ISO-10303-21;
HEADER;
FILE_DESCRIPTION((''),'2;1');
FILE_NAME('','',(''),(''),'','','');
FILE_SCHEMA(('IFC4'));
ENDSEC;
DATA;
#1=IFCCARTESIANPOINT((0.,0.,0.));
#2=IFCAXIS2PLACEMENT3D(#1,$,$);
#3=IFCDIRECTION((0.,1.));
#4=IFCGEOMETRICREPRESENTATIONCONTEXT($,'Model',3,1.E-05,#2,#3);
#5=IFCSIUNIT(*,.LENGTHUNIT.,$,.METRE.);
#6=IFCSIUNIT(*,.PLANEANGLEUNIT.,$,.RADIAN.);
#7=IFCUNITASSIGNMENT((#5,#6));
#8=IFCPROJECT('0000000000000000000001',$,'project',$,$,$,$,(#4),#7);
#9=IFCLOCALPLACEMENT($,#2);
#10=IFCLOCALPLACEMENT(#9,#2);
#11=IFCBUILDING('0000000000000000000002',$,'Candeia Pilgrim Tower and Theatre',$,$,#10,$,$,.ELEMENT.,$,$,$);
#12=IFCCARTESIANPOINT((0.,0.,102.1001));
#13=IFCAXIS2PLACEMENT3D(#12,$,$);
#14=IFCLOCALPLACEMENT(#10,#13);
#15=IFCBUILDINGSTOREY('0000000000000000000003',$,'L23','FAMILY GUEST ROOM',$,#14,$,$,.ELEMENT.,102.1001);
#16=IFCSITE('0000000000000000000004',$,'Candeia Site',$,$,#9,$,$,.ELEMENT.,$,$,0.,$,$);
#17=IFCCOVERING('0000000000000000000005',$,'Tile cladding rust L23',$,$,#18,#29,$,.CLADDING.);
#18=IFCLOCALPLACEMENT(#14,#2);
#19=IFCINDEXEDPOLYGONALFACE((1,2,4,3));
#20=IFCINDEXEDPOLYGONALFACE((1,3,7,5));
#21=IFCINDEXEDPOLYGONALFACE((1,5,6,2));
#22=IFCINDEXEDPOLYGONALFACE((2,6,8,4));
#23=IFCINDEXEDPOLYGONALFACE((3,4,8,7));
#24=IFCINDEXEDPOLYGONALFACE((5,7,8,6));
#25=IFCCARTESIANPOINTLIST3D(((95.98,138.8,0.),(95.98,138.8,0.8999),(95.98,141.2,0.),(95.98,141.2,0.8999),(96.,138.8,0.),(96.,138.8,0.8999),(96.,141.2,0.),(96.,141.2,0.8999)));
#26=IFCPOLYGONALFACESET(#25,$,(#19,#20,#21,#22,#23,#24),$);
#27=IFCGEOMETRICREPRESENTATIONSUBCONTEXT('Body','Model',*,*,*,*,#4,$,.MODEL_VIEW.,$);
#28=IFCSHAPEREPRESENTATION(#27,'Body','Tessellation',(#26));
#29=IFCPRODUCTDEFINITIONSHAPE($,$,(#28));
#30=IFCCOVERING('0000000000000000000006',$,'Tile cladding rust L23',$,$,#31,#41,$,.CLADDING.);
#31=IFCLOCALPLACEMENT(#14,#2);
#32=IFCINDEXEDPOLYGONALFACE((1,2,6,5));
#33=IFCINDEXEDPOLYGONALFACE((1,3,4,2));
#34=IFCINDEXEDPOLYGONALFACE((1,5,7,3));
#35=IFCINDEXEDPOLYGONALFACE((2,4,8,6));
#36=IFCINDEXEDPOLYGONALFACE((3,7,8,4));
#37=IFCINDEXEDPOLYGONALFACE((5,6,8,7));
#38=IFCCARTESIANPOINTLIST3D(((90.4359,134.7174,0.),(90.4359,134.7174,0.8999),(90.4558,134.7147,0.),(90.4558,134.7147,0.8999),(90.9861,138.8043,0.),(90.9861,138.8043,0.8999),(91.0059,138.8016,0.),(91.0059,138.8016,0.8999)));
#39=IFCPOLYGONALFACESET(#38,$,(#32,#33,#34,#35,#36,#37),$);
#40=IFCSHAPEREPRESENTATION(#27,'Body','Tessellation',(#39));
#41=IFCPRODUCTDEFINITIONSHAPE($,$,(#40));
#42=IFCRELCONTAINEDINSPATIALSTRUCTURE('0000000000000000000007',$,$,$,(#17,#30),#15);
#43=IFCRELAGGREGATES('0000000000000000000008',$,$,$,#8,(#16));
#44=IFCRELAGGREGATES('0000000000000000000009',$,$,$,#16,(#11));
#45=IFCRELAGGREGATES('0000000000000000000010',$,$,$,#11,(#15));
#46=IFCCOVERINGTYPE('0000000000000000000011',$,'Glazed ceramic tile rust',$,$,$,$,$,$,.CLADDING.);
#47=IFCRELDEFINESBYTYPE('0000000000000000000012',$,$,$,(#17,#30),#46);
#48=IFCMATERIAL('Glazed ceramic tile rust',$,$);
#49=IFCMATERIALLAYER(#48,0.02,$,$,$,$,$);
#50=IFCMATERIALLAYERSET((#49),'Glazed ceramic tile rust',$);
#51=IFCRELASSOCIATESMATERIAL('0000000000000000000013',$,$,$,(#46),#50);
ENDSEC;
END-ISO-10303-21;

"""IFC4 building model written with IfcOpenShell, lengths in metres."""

from ifc_helpers import new_model, si_unit, direction, frame, origin, origin_2d, place, context, subcontext, project, spatial, rectangle, extrude, material, layer, layer_set, type_object, element, save


model = new_model("IFC4")

# Units and contexts
model_context = context("Model", 3, precision=1e-05, world=origin(), true_north=direction((0.0, 1.0)))
body_context = subcontext(model_context, "Body", "Model", "MODEL_VIEW")
ifc_project = project(units=[si_unit("LENGTHUNIT", "METRE"), si_unit("PLANEANGLEUNIT", "RADIAN")], contexts=[model_context])

# Site, building, storey
site_placement = place(None, origin())
site = spatial("IfcSite", under=ifc_project, at=site_placement, Name="Candeia Site", CompositionType="ELEMENT", RefElevation=0.0)
building_placement = place(site_placement, origin())
building = spatial("IfcBuilding", under=site, at=building_placement, Name="Candeia Pilgrim Tower and Theatre", CompositionType="ELEMENT")
storey_placement = place(building_placement, frame((0.0, 0.0, 102.1001)))
storey = spatial("IfcBuildingStorey", under=building, at=storey_placement, Name="L23", Description="FAMILY GUEST ROOM", CompositionType="ELEMENT", Elevation=102.1001)

# Coverings
ifc_material_1 = material(Name="Glazed ceramic tile rust")
ifc_layer_1 = layer(ifc_material_1, 0.02)
ifc_layer_set_1 = layer_set([ifc_layer_1], Name="Glazed ceramic tile rust")
covering_type_1 = type_object("IfcCoveringType", Name="Glazed ceramic tile rust", PredefinedType="CLADDING", material=ifc_layer_set_1)
covering_1_placement = place(storey_placement, frame((95.99, 140.0, 0.0), z_axis=(0.0, 0.0, 1.0), x_axis=(0.0, -1.0, 0.0)))
element("IfcCovering", 1, at=covering_1_placement, inside=storey, type_object=covering_type_1, Name="Tile cladding rust L23", PredefinedType="CLADDING", context=body_context, shape_type="SweptSolid", body=[
    extrude(rectangle(XDim=2.3999, YDim=0.02, at=origin_2d()), origin(), (0.0, 0.0, 1.0), 0.8999),
])
covering_2_placement = place(storey_placement, frame((90.7209, 136.7595, 0.0), z_axis=(0.0, 0.0, 1.0), x_axis=(-0.133412, -0.991061, 0.0)))
element("IfcCovering", 2, at=covering_2_placement, inside=storey, type_object=covering_type_1, Name="Tile cladding rust L23", PredefinedType="CLADDING", context=body_context, shape_type="SweptSolid", body=[
    extrude(rectangle(XDim=4.1238, YDim=0.02, at=origin_2d()), origin(), (0.0, 0.0, 1.0), 0.8999),
])

save(model, "model.ifc")
